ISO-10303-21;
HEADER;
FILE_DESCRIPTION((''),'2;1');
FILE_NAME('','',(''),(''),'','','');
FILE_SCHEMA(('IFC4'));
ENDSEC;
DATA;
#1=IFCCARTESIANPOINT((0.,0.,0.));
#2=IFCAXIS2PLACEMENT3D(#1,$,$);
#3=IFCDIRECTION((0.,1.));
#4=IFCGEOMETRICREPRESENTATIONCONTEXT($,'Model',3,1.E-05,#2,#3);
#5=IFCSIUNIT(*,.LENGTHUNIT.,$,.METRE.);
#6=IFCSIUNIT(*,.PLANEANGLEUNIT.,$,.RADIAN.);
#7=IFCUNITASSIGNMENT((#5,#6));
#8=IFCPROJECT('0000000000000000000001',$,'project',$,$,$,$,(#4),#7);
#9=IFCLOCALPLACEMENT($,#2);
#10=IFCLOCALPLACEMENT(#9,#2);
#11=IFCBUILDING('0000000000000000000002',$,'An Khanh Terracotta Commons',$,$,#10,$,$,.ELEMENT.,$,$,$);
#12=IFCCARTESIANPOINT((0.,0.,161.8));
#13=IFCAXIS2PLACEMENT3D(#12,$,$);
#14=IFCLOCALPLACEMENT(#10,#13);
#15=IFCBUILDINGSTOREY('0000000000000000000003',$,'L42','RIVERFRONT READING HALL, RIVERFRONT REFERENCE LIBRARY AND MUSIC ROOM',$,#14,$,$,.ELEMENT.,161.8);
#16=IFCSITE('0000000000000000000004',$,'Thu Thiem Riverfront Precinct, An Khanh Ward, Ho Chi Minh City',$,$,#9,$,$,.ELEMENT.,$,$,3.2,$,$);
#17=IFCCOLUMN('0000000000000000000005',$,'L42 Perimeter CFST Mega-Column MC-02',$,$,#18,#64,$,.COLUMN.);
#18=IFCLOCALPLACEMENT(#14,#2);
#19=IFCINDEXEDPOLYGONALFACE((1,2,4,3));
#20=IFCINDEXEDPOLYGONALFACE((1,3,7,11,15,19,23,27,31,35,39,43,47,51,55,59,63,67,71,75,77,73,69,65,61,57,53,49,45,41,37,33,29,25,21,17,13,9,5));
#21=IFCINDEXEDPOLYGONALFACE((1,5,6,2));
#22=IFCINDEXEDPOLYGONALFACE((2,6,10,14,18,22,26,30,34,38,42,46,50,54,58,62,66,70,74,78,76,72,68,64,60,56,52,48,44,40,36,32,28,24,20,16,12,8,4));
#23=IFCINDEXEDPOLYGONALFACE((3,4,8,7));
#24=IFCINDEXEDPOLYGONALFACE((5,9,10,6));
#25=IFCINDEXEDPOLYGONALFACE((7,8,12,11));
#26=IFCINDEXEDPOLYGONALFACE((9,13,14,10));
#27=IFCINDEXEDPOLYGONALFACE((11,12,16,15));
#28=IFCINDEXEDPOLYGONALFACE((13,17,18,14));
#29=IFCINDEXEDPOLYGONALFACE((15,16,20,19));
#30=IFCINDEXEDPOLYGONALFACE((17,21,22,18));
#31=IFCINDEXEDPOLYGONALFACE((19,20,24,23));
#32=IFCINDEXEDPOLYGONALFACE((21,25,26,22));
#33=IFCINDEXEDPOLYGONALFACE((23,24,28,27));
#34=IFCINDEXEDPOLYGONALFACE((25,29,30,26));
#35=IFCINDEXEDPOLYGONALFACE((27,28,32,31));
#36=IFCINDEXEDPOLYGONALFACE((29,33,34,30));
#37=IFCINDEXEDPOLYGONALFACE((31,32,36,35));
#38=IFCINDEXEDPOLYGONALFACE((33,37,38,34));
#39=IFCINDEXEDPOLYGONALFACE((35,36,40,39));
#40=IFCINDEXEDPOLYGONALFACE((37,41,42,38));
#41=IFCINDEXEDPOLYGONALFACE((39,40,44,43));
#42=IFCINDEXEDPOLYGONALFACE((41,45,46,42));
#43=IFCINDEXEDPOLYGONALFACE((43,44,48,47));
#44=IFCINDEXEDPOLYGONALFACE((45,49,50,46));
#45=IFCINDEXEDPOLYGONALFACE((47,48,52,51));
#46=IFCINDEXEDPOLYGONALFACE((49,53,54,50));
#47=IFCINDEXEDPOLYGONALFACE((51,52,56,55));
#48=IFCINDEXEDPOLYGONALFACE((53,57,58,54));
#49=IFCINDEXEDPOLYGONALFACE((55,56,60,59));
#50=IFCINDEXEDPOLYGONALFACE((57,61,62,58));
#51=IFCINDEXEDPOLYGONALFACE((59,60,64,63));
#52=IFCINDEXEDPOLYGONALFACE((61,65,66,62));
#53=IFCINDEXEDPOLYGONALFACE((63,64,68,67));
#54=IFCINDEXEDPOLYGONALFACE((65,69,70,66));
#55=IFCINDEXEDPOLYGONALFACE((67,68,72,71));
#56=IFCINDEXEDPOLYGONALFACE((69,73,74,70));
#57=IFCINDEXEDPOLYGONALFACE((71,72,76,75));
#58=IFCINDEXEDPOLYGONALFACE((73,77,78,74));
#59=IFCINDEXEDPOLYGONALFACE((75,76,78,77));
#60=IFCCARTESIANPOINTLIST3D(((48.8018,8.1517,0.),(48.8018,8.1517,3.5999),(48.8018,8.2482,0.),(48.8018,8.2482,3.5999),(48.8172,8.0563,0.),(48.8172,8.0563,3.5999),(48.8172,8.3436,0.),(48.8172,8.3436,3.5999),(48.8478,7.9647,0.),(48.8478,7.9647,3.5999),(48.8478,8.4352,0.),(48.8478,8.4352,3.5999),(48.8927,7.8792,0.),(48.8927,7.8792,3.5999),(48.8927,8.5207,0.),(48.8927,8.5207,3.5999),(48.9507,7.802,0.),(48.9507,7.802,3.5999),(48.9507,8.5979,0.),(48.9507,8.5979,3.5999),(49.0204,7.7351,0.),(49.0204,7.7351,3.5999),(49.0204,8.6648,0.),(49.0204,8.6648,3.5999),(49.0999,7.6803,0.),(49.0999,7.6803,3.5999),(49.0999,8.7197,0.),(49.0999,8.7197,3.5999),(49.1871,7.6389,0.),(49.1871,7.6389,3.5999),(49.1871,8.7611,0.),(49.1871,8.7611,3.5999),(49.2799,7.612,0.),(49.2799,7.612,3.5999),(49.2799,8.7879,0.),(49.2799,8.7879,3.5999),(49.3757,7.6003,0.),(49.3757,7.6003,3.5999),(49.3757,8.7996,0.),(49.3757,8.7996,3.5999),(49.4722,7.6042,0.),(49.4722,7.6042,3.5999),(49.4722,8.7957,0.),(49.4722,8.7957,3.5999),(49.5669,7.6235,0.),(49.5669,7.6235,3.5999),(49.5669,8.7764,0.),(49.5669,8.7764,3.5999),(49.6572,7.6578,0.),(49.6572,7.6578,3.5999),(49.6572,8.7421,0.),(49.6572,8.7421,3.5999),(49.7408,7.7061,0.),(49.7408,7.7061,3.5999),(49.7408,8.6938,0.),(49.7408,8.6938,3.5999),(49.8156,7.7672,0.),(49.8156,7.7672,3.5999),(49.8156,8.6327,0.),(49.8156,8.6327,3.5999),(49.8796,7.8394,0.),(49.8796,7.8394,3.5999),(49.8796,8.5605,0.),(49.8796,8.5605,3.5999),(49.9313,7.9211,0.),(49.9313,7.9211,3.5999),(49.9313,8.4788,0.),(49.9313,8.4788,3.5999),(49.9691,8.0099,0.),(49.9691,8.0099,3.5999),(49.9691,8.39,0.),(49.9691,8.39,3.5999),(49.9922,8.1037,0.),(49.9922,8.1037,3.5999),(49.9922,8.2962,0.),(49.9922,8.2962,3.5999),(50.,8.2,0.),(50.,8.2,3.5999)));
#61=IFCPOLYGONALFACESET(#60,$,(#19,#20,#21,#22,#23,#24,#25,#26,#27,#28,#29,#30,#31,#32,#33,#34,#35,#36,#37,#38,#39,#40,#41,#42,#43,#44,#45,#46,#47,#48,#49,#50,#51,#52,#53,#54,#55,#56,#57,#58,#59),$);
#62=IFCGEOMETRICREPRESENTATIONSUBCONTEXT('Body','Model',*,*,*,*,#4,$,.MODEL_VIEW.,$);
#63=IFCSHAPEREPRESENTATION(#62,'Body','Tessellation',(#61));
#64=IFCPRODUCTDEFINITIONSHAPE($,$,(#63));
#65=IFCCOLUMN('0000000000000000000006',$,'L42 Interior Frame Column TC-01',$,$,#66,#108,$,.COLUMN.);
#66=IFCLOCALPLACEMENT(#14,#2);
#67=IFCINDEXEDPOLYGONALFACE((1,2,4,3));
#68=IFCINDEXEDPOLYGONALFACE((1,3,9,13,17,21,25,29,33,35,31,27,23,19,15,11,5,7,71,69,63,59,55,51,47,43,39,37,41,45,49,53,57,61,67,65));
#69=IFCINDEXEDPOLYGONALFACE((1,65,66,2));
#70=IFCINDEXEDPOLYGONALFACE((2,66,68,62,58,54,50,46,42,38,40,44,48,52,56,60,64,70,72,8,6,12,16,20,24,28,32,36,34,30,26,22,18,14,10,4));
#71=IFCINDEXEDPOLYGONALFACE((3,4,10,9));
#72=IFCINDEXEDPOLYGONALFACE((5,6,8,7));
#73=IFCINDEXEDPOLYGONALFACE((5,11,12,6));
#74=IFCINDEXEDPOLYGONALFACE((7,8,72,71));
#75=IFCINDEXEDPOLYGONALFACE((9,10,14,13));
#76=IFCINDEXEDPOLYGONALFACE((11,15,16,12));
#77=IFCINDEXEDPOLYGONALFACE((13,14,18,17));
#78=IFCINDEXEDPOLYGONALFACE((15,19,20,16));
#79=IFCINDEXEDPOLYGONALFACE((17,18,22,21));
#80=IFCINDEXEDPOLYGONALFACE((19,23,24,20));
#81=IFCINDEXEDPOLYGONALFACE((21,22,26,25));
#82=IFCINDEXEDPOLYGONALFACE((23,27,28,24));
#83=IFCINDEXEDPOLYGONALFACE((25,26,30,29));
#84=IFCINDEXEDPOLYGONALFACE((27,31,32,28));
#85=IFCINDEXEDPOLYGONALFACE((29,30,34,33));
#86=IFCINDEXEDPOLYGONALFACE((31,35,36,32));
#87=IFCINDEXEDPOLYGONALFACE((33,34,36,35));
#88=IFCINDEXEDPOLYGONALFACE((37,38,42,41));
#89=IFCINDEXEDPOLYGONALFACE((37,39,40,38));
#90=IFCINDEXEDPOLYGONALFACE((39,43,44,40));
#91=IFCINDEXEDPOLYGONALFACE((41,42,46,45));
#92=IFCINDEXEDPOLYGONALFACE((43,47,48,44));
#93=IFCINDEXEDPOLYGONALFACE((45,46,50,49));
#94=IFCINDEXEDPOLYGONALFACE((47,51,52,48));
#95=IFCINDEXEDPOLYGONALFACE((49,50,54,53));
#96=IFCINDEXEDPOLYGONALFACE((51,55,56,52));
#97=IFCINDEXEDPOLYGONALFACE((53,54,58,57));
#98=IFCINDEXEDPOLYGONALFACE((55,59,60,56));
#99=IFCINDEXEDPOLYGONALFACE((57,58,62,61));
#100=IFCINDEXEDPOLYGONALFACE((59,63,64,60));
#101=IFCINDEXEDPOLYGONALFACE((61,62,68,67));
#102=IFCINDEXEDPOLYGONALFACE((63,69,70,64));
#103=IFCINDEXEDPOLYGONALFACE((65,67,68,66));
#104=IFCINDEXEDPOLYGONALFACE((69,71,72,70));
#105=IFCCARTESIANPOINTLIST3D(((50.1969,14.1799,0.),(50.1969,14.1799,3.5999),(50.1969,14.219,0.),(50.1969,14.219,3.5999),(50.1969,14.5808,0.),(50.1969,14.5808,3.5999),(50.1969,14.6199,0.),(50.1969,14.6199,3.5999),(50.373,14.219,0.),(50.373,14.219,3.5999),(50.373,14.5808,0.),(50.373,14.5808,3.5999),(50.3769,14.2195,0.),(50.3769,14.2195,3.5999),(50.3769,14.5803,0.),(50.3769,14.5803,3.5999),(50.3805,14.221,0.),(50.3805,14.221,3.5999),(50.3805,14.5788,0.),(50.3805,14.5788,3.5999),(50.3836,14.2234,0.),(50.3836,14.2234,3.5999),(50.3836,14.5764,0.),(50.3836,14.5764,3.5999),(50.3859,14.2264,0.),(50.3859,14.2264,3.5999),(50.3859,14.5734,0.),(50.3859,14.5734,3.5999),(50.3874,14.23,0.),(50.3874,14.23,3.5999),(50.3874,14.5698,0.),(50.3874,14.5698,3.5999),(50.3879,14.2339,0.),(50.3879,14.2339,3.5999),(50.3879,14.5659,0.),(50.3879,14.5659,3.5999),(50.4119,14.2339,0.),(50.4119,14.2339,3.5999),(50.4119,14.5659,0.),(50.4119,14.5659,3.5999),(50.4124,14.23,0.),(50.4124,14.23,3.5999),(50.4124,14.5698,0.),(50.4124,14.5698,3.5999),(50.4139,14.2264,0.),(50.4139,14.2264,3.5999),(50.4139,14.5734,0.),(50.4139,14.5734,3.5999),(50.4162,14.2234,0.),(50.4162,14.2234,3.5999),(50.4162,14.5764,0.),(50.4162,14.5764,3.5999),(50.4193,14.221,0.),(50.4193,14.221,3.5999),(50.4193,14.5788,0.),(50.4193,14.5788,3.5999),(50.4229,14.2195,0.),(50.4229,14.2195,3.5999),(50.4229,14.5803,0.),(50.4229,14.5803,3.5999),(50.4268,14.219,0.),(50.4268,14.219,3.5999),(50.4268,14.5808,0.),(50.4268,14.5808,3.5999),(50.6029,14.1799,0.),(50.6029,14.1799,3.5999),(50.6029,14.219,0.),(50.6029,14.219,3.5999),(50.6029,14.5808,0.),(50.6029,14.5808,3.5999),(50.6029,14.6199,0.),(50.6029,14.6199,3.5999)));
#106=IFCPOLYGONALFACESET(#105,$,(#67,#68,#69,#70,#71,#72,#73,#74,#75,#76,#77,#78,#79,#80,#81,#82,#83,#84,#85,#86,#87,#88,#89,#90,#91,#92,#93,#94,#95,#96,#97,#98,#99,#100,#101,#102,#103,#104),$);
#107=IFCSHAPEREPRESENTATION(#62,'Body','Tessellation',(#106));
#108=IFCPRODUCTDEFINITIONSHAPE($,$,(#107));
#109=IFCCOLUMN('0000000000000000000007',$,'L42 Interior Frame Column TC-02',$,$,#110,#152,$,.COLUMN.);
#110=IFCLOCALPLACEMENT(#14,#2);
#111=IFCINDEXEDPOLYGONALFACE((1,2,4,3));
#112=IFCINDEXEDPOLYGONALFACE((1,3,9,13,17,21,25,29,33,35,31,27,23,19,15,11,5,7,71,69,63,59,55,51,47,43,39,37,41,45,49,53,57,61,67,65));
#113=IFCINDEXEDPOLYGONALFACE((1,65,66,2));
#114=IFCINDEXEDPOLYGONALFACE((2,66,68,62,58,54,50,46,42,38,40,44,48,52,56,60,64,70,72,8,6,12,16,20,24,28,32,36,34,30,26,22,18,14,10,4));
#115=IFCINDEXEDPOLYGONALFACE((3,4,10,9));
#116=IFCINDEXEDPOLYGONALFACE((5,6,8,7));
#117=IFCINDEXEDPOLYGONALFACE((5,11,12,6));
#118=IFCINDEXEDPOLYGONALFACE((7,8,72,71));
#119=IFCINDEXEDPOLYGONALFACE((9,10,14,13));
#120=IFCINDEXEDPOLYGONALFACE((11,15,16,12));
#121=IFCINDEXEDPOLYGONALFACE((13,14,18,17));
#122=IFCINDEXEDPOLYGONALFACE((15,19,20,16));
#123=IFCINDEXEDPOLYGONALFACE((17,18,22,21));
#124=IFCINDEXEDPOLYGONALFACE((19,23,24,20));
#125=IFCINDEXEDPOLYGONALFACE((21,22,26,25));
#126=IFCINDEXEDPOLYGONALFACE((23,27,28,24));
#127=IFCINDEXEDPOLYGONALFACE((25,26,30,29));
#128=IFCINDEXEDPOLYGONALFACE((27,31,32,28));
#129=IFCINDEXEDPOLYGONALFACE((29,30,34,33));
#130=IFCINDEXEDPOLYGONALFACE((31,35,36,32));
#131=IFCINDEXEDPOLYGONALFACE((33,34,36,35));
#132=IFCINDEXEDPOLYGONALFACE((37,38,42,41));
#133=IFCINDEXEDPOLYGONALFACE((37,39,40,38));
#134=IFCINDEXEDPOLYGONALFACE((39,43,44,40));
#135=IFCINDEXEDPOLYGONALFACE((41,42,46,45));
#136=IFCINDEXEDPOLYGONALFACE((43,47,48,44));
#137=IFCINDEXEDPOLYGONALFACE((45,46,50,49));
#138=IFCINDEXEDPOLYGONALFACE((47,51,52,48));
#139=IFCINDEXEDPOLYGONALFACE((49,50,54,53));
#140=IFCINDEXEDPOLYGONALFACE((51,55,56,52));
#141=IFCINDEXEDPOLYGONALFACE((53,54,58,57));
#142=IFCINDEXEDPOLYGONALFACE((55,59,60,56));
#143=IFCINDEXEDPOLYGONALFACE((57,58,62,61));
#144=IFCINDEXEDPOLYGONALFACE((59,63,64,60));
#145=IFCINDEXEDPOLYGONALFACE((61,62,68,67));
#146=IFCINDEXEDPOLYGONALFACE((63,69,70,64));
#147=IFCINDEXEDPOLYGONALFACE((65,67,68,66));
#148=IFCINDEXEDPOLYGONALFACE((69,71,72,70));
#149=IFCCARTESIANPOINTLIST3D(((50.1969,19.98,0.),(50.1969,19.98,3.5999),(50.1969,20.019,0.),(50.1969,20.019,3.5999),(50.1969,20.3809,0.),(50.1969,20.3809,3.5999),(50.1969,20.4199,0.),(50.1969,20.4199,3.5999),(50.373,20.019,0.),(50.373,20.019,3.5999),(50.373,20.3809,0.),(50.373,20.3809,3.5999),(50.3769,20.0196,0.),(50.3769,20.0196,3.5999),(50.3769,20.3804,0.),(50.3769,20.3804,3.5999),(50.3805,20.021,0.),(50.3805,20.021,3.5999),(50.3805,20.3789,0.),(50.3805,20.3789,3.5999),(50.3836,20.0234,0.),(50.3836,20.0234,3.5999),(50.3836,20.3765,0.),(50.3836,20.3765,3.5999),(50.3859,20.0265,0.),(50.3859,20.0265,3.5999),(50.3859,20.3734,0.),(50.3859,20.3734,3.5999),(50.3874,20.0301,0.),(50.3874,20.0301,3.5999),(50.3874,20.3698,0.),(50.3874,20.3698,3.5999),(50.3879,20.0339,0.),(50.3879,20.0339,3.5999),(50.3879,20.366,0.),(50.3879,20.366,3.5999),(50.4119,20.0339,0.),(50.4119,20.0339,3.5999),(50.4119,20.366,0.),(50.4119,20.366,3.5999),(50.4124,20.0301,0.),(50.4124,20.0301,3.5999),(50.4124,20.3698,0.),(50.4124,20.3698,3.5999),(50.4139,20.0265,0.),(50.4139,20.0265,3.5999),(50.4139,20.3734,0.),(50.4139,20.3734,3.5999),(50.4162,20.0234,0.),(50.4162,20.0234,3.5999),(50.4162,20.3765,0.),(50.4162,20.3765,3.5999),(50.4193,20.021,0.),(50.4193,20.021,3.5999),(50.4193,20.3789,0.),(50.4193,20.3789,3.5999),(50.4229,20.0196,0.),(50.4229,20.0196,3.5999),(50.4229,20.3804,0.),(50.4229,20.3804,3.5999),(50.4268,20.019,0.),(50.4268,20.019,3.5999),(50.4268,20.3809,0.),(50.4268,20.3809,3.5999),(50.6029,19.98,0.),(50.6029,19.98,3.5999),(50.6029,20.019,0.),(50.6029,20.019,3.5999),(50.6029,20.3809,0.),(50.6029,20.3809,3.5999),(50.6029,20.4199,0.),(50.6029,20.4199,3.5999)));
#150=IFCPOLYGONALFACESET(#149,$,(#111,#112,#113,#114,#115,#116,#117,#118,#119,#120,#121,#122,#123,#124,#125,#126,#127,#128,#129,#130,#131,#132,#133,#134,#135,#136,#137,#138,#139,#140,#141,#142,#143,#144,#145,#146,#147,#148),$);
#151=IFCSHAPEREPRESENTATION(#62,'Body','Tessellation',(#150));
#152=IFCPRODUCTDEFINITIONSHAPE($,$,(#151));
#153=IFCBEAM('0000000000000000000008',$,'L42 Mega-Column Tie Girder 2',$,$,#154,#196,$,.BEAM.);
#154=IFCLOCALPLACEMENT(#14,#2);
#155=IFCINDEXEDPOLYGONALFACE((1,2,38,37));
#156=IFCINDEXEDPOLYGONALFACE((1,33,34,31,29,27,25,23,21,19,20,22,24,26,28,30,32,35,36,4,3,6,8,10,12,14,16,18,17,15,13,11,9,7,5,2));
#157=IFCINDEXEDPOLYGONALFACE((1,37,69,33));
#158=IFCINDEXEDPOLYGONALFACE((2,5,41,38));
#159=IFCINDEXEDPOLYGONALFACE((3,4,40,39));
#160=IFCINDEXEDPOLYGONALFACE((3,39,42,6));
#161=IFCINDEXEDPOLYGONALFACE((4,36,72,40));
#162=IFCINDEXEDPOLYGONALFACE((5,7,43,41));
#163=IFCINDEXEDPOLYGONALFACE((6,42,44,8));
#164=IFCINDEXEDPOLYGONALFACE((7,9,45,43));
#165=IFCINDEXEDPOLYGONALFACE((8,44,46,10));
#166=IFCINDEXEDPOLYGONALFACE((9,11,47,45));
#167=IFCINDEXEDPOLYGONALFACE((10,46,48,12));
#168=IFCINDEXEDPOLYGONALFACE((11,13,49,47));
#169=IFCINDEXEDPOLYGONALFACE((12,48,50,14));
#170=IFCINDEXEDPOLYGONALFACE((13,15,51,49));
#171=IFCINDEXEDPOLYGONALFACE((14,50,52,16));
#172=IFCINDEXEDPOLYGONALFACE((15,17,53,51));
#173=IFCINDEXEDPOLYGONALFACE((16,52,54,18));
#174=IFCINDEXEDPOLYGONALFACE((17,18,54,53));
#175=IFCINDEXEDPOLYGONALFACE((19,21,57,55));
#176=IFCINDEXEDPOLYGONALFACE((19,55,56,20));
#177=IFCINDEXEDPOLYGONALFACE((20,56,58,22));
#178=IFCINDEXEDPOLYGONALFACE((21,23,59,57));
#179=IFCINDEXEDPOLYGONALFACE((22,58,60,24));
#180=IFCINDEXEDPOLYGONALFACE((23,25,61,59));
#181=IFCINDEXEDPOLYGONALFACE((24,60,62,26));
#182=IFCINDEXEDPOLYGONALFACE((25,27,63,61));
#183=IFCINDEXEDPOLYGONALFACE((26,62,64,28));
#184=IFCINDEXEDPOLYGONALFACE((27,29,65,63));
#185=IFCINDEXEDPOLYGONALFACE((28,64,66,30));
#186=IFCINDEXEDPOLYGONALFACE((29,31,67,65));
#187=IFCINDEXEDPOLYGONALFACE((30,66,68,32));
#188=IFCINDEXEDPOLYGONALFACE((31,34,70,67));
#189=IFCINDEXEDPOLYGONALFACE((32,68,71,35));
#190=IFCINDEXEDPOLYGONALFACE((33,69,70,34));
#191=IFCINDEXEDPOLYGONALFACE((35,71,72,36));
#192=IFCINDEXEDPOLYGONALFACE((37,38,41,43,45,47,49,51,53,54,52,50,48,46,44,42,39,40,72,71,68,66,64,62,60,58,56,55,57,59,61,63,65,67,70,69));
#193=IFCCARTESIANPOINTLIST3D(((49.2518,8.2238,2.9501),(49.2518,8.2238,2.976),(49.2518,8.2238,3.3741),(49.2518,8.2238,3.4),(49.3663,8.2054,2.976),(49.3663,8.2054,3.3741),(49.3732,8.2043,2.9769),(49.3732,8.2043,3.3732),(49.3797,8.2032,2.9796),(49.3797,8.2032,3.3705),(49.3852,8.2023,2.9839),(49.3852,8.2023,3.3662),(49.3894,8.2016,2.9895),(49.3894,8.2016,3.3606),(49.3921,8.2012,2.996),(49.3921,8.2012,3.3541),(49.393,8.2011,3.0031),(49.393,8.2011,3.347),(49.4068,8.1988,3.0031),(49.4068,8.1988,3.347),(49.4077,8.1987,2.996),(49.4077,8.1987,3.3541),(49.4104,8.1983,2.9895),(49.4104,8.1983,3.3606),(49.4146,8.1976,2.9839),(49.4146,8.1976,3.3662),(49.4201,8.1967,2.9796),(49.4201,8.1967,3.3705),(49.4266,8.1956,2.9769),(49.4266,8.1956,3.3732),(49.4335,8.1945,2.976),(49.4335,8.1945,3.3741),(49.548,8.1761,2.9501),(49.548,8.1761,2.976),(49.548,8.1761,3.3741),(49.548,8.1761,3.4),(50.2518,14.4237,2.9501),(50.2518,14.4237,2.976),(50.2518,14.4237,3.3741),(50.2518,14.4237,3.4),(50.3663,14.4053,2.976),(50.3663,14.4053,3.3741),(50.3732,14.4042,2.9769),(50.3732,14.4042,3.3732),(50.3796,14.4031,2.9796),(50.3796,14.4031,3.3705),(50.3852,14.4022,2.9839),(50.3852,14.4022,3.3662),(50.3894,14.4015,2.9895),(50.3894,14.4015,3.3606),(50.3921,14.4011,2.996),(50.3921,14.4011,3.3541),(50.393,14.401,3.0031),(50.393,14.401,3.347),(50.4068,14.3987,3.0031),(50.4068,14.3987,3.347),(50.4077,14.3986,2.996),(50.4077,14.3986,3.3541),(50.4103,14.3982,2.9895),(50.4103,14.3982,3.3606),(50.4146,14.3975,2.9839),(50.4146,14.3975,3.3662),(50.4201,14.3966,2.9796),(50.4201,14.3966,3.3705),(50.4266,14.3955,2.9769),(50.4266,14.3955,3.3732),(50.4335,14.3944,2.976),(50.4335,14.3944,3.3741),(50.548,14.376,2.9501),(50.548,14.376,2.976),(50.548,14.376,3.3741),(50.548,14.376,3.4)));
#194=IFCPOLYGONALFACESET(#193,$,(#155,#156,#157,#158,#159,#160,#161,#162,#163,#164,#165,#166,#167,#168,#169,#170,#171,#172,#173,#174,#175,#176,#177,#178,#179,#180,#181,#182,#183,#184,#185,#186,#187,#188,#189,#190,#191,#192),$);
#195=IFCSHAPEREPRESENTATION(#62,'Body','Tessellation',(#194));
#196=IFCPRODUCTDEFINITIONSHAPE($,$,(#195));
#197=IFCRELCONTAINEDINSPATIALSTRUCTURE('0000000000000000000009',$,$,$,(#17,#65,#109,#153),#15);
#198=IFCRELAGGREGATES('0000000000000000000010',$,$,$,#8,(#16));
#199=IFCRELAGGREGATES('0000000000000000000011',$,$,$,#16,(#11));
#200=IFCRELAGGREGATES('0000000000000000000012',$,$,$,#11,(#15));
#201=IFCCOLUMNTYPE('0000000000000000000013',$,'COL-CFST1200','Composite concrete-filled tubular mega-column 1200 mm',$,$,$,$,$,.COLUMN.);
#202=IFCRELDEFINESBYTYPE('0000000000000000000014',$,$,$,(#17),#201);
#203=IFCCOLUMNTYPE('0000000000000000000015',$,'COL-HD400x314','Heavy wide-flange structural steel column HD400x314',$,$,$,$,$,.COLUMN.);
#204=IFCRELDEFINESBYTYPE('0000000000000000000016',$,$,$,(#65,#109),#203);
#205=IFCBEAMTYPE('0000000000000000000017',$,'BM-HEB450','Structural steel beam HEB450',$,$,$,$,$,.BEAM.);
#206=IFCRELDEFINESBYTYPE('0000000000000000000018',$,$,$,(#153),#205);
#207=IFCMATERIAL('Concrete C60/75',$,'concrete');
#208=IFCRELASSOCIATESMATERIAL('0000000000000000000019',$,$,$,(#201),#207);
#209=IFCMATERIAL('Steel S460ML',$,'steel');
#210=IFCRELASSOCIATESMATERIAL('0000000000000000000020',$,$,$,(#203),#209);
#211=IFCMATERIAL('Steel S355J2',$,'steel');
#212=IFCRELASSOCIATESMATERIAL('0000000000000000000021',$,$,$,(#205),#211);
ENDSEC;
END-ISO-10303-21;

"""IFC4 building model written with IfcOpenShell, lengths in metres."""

from ifc_helpers import new_model, si_unit, direction, frame, origin, origin_2d, place, context, subcontext, project, spatial, circle, i_section, extrude, material, material_profile, profile_set, type_object, element, save


model = new_model("IFC4")

# Units and contexts
model_context = context("Model", 3, precision=1e-05, world=origin(), true_north=direction((0.0, 1.0)))
body_context = subcontext(model_context, "Body", "Model", "MODEL_VIEW")
ifc_project = project(units=[si_unit("LENGTHUNIT", "METRE"), si_unit("PLANEANGLEUNIT", "RADIAN")], contexts=[model_context])

# Site, building, storey
site_placement = place(None, origin())
site = spatial("IfcSite", under=ifc_project, at=site_placement, Name="Thu Thiem Riverfront Precinct, An Khanh Ward, Ho Chi Minh City", CompositionType="ELEMENT", RefElevation=3.2)
building_placement = place(site_placement, origin())
building = spatial("IfcBuilding", under=site, at=building_placement, Name="An Khanh Terracotta Commons", CompositionType="ELEMENT")
storey_placement = place(building_placement, frame((0.0, 0.0, 161.8)))
storey = spatial("IfcBuildingStorey", under=building, at=storey_placement, Name="L42", Description="RIVERFRONT READING HALL, RIVERFRONT REFERENCE LIBRARY AND MUSIC ROOM", CompositionType="ELEMENT", Elevation=161.8)

# Columns
ifc_material_1 = material(Name="Concrete C60/75", Category="concrete")
ifc_material_profile_1 = material_profile(ifc_material_1, circle(Radius=0.6001, at=origin_2d()), Name="CFST1200")
ifc_profile_set_1 = profile_set([ifc_material_profile_1], Name="Concrete C60/75")
column_type_1 = type_object("IfcColumnType", Name="COL-CFST1200", Description="Composite concrete-filled tubular mega-column 1200 mm", PredefinedType="COLUMN", material=ifc_profile_set_1)
column_placement = place(storey_placement, frame((49.3999, 8.2, 0.0), z_axis=(0.0, 0.0, 1.0), x_axis=(1.0, 0.0, 0.0)))
element("IfcColumn", 1, at=column_placement, inside=storey, type_object=column_type_1, Name="L42 Perimeter CFST Mega-Column MC-02", PredefinedType="COLUMN", context=body_context, shape_type="SweptSolid", body=[
    extrude(circle(Radius=0.6001, at=origin_2d()), origin(), (0.0, 0.0, 1.0), 3.5999),
])
ifc_material_2 = material(Name="Steel S460ML", Category="steel")
ifc_material_profile_2 = material_profile(ifc_material_2, i_section(OverallWidth=0.406, OverallDepth=0.4399, WebThickness=0.0239, FlangeThickness=0.0391, FilletRadius=0.0149, at=origin_2d()), Name="HD400x314")
ifc_profile_set_2 = profile_set([ifc_material_profile_2], Name="Steel S460ML")
column_type_2 = type_object("IfcColumnType", Name="COL-HD400x314", Description="Heavy wide-flange structural steel column HD400x314", PredefinedType="COLUMN", material=ifc_profile_set_2)
for number, where, z_axis, x_axis, name in (
    (2, (50.3999, 14.3999, 0.0), (0.0, 0.0, 1.0), (1.0, 0.0, 0.0), "L42 Interior Frame Column TC-01"),
    (3, (50.3999, 20.2, 0.0), (0.0, 0.0, 1.0), (1.0, 0.0, 0.0), "L42 Interior Frame Column TC-02"),
):
    element("IfcColumn", number, at=place(storey_placement, frame(where, z_axis=z_axis, x_axis=x_axis)), inside=storey, type_object=column_type_2, Name=name, PredefinedType="COLUMN", context=body_context, shape_type="SweptSolid", body=[
        extrude(i_section(OverallWidth=0.406, OverallDepth=0.4399, WebThickness=0.0239, FlangeThickness=0.0391, FilletRadius=0.0149, at=origin_2d()), origin(), (0.0, 0.0, 1.0), 3.5999),
    ])

# Beam
ifc_material_3 = material(Name="Steel S355J2", Category="steel")
ifc_material_profile_3 = material_profile(ifc_material_3, i_section(OverallWidth=0.3, OverallDepth=0.45, WebThickness=0.0139, FlangeThickness=0.0259, FilletRadius=0.0271, at=origin_2d()), Name="HEB450")
ifc_profile_set_3 = profile_set([ifc_material_profile_3], Name="Steel S355J2")
beam_type_1 = type_object("IfcBeamType", Name="BM-HEB450", Description="Structural steel beam HEB450", PredefinedType="BEAM", material=ifc_profile_set_3)
beam_1_placement = place(storey_placement, frame((49.3999, 8.2, 3.175), z_axis=(0.159234, 0.987241, 0.0), x_axis=(-0.987241, 0.159234, 0.0)))
element("IfcBeam", 4, at=beam_1_placement, inside=storey, type_object=beam_type_1, Name="L42 Mega-Column Tie Girder 2", PredefinedType="BEAM", context=body_context, shape_type="SweptSolid", body=[
    extrude(i_section(OverallWidth=0.3, OverallDepth=0.45, WebThickness=0.0139, FlangeThickness=0.0259, FilletRadius=0.0271, at=origin_2d()), origin(), (0.0, 0.0, 1.0), 6.28),
])

save(model, "model.ifc")
